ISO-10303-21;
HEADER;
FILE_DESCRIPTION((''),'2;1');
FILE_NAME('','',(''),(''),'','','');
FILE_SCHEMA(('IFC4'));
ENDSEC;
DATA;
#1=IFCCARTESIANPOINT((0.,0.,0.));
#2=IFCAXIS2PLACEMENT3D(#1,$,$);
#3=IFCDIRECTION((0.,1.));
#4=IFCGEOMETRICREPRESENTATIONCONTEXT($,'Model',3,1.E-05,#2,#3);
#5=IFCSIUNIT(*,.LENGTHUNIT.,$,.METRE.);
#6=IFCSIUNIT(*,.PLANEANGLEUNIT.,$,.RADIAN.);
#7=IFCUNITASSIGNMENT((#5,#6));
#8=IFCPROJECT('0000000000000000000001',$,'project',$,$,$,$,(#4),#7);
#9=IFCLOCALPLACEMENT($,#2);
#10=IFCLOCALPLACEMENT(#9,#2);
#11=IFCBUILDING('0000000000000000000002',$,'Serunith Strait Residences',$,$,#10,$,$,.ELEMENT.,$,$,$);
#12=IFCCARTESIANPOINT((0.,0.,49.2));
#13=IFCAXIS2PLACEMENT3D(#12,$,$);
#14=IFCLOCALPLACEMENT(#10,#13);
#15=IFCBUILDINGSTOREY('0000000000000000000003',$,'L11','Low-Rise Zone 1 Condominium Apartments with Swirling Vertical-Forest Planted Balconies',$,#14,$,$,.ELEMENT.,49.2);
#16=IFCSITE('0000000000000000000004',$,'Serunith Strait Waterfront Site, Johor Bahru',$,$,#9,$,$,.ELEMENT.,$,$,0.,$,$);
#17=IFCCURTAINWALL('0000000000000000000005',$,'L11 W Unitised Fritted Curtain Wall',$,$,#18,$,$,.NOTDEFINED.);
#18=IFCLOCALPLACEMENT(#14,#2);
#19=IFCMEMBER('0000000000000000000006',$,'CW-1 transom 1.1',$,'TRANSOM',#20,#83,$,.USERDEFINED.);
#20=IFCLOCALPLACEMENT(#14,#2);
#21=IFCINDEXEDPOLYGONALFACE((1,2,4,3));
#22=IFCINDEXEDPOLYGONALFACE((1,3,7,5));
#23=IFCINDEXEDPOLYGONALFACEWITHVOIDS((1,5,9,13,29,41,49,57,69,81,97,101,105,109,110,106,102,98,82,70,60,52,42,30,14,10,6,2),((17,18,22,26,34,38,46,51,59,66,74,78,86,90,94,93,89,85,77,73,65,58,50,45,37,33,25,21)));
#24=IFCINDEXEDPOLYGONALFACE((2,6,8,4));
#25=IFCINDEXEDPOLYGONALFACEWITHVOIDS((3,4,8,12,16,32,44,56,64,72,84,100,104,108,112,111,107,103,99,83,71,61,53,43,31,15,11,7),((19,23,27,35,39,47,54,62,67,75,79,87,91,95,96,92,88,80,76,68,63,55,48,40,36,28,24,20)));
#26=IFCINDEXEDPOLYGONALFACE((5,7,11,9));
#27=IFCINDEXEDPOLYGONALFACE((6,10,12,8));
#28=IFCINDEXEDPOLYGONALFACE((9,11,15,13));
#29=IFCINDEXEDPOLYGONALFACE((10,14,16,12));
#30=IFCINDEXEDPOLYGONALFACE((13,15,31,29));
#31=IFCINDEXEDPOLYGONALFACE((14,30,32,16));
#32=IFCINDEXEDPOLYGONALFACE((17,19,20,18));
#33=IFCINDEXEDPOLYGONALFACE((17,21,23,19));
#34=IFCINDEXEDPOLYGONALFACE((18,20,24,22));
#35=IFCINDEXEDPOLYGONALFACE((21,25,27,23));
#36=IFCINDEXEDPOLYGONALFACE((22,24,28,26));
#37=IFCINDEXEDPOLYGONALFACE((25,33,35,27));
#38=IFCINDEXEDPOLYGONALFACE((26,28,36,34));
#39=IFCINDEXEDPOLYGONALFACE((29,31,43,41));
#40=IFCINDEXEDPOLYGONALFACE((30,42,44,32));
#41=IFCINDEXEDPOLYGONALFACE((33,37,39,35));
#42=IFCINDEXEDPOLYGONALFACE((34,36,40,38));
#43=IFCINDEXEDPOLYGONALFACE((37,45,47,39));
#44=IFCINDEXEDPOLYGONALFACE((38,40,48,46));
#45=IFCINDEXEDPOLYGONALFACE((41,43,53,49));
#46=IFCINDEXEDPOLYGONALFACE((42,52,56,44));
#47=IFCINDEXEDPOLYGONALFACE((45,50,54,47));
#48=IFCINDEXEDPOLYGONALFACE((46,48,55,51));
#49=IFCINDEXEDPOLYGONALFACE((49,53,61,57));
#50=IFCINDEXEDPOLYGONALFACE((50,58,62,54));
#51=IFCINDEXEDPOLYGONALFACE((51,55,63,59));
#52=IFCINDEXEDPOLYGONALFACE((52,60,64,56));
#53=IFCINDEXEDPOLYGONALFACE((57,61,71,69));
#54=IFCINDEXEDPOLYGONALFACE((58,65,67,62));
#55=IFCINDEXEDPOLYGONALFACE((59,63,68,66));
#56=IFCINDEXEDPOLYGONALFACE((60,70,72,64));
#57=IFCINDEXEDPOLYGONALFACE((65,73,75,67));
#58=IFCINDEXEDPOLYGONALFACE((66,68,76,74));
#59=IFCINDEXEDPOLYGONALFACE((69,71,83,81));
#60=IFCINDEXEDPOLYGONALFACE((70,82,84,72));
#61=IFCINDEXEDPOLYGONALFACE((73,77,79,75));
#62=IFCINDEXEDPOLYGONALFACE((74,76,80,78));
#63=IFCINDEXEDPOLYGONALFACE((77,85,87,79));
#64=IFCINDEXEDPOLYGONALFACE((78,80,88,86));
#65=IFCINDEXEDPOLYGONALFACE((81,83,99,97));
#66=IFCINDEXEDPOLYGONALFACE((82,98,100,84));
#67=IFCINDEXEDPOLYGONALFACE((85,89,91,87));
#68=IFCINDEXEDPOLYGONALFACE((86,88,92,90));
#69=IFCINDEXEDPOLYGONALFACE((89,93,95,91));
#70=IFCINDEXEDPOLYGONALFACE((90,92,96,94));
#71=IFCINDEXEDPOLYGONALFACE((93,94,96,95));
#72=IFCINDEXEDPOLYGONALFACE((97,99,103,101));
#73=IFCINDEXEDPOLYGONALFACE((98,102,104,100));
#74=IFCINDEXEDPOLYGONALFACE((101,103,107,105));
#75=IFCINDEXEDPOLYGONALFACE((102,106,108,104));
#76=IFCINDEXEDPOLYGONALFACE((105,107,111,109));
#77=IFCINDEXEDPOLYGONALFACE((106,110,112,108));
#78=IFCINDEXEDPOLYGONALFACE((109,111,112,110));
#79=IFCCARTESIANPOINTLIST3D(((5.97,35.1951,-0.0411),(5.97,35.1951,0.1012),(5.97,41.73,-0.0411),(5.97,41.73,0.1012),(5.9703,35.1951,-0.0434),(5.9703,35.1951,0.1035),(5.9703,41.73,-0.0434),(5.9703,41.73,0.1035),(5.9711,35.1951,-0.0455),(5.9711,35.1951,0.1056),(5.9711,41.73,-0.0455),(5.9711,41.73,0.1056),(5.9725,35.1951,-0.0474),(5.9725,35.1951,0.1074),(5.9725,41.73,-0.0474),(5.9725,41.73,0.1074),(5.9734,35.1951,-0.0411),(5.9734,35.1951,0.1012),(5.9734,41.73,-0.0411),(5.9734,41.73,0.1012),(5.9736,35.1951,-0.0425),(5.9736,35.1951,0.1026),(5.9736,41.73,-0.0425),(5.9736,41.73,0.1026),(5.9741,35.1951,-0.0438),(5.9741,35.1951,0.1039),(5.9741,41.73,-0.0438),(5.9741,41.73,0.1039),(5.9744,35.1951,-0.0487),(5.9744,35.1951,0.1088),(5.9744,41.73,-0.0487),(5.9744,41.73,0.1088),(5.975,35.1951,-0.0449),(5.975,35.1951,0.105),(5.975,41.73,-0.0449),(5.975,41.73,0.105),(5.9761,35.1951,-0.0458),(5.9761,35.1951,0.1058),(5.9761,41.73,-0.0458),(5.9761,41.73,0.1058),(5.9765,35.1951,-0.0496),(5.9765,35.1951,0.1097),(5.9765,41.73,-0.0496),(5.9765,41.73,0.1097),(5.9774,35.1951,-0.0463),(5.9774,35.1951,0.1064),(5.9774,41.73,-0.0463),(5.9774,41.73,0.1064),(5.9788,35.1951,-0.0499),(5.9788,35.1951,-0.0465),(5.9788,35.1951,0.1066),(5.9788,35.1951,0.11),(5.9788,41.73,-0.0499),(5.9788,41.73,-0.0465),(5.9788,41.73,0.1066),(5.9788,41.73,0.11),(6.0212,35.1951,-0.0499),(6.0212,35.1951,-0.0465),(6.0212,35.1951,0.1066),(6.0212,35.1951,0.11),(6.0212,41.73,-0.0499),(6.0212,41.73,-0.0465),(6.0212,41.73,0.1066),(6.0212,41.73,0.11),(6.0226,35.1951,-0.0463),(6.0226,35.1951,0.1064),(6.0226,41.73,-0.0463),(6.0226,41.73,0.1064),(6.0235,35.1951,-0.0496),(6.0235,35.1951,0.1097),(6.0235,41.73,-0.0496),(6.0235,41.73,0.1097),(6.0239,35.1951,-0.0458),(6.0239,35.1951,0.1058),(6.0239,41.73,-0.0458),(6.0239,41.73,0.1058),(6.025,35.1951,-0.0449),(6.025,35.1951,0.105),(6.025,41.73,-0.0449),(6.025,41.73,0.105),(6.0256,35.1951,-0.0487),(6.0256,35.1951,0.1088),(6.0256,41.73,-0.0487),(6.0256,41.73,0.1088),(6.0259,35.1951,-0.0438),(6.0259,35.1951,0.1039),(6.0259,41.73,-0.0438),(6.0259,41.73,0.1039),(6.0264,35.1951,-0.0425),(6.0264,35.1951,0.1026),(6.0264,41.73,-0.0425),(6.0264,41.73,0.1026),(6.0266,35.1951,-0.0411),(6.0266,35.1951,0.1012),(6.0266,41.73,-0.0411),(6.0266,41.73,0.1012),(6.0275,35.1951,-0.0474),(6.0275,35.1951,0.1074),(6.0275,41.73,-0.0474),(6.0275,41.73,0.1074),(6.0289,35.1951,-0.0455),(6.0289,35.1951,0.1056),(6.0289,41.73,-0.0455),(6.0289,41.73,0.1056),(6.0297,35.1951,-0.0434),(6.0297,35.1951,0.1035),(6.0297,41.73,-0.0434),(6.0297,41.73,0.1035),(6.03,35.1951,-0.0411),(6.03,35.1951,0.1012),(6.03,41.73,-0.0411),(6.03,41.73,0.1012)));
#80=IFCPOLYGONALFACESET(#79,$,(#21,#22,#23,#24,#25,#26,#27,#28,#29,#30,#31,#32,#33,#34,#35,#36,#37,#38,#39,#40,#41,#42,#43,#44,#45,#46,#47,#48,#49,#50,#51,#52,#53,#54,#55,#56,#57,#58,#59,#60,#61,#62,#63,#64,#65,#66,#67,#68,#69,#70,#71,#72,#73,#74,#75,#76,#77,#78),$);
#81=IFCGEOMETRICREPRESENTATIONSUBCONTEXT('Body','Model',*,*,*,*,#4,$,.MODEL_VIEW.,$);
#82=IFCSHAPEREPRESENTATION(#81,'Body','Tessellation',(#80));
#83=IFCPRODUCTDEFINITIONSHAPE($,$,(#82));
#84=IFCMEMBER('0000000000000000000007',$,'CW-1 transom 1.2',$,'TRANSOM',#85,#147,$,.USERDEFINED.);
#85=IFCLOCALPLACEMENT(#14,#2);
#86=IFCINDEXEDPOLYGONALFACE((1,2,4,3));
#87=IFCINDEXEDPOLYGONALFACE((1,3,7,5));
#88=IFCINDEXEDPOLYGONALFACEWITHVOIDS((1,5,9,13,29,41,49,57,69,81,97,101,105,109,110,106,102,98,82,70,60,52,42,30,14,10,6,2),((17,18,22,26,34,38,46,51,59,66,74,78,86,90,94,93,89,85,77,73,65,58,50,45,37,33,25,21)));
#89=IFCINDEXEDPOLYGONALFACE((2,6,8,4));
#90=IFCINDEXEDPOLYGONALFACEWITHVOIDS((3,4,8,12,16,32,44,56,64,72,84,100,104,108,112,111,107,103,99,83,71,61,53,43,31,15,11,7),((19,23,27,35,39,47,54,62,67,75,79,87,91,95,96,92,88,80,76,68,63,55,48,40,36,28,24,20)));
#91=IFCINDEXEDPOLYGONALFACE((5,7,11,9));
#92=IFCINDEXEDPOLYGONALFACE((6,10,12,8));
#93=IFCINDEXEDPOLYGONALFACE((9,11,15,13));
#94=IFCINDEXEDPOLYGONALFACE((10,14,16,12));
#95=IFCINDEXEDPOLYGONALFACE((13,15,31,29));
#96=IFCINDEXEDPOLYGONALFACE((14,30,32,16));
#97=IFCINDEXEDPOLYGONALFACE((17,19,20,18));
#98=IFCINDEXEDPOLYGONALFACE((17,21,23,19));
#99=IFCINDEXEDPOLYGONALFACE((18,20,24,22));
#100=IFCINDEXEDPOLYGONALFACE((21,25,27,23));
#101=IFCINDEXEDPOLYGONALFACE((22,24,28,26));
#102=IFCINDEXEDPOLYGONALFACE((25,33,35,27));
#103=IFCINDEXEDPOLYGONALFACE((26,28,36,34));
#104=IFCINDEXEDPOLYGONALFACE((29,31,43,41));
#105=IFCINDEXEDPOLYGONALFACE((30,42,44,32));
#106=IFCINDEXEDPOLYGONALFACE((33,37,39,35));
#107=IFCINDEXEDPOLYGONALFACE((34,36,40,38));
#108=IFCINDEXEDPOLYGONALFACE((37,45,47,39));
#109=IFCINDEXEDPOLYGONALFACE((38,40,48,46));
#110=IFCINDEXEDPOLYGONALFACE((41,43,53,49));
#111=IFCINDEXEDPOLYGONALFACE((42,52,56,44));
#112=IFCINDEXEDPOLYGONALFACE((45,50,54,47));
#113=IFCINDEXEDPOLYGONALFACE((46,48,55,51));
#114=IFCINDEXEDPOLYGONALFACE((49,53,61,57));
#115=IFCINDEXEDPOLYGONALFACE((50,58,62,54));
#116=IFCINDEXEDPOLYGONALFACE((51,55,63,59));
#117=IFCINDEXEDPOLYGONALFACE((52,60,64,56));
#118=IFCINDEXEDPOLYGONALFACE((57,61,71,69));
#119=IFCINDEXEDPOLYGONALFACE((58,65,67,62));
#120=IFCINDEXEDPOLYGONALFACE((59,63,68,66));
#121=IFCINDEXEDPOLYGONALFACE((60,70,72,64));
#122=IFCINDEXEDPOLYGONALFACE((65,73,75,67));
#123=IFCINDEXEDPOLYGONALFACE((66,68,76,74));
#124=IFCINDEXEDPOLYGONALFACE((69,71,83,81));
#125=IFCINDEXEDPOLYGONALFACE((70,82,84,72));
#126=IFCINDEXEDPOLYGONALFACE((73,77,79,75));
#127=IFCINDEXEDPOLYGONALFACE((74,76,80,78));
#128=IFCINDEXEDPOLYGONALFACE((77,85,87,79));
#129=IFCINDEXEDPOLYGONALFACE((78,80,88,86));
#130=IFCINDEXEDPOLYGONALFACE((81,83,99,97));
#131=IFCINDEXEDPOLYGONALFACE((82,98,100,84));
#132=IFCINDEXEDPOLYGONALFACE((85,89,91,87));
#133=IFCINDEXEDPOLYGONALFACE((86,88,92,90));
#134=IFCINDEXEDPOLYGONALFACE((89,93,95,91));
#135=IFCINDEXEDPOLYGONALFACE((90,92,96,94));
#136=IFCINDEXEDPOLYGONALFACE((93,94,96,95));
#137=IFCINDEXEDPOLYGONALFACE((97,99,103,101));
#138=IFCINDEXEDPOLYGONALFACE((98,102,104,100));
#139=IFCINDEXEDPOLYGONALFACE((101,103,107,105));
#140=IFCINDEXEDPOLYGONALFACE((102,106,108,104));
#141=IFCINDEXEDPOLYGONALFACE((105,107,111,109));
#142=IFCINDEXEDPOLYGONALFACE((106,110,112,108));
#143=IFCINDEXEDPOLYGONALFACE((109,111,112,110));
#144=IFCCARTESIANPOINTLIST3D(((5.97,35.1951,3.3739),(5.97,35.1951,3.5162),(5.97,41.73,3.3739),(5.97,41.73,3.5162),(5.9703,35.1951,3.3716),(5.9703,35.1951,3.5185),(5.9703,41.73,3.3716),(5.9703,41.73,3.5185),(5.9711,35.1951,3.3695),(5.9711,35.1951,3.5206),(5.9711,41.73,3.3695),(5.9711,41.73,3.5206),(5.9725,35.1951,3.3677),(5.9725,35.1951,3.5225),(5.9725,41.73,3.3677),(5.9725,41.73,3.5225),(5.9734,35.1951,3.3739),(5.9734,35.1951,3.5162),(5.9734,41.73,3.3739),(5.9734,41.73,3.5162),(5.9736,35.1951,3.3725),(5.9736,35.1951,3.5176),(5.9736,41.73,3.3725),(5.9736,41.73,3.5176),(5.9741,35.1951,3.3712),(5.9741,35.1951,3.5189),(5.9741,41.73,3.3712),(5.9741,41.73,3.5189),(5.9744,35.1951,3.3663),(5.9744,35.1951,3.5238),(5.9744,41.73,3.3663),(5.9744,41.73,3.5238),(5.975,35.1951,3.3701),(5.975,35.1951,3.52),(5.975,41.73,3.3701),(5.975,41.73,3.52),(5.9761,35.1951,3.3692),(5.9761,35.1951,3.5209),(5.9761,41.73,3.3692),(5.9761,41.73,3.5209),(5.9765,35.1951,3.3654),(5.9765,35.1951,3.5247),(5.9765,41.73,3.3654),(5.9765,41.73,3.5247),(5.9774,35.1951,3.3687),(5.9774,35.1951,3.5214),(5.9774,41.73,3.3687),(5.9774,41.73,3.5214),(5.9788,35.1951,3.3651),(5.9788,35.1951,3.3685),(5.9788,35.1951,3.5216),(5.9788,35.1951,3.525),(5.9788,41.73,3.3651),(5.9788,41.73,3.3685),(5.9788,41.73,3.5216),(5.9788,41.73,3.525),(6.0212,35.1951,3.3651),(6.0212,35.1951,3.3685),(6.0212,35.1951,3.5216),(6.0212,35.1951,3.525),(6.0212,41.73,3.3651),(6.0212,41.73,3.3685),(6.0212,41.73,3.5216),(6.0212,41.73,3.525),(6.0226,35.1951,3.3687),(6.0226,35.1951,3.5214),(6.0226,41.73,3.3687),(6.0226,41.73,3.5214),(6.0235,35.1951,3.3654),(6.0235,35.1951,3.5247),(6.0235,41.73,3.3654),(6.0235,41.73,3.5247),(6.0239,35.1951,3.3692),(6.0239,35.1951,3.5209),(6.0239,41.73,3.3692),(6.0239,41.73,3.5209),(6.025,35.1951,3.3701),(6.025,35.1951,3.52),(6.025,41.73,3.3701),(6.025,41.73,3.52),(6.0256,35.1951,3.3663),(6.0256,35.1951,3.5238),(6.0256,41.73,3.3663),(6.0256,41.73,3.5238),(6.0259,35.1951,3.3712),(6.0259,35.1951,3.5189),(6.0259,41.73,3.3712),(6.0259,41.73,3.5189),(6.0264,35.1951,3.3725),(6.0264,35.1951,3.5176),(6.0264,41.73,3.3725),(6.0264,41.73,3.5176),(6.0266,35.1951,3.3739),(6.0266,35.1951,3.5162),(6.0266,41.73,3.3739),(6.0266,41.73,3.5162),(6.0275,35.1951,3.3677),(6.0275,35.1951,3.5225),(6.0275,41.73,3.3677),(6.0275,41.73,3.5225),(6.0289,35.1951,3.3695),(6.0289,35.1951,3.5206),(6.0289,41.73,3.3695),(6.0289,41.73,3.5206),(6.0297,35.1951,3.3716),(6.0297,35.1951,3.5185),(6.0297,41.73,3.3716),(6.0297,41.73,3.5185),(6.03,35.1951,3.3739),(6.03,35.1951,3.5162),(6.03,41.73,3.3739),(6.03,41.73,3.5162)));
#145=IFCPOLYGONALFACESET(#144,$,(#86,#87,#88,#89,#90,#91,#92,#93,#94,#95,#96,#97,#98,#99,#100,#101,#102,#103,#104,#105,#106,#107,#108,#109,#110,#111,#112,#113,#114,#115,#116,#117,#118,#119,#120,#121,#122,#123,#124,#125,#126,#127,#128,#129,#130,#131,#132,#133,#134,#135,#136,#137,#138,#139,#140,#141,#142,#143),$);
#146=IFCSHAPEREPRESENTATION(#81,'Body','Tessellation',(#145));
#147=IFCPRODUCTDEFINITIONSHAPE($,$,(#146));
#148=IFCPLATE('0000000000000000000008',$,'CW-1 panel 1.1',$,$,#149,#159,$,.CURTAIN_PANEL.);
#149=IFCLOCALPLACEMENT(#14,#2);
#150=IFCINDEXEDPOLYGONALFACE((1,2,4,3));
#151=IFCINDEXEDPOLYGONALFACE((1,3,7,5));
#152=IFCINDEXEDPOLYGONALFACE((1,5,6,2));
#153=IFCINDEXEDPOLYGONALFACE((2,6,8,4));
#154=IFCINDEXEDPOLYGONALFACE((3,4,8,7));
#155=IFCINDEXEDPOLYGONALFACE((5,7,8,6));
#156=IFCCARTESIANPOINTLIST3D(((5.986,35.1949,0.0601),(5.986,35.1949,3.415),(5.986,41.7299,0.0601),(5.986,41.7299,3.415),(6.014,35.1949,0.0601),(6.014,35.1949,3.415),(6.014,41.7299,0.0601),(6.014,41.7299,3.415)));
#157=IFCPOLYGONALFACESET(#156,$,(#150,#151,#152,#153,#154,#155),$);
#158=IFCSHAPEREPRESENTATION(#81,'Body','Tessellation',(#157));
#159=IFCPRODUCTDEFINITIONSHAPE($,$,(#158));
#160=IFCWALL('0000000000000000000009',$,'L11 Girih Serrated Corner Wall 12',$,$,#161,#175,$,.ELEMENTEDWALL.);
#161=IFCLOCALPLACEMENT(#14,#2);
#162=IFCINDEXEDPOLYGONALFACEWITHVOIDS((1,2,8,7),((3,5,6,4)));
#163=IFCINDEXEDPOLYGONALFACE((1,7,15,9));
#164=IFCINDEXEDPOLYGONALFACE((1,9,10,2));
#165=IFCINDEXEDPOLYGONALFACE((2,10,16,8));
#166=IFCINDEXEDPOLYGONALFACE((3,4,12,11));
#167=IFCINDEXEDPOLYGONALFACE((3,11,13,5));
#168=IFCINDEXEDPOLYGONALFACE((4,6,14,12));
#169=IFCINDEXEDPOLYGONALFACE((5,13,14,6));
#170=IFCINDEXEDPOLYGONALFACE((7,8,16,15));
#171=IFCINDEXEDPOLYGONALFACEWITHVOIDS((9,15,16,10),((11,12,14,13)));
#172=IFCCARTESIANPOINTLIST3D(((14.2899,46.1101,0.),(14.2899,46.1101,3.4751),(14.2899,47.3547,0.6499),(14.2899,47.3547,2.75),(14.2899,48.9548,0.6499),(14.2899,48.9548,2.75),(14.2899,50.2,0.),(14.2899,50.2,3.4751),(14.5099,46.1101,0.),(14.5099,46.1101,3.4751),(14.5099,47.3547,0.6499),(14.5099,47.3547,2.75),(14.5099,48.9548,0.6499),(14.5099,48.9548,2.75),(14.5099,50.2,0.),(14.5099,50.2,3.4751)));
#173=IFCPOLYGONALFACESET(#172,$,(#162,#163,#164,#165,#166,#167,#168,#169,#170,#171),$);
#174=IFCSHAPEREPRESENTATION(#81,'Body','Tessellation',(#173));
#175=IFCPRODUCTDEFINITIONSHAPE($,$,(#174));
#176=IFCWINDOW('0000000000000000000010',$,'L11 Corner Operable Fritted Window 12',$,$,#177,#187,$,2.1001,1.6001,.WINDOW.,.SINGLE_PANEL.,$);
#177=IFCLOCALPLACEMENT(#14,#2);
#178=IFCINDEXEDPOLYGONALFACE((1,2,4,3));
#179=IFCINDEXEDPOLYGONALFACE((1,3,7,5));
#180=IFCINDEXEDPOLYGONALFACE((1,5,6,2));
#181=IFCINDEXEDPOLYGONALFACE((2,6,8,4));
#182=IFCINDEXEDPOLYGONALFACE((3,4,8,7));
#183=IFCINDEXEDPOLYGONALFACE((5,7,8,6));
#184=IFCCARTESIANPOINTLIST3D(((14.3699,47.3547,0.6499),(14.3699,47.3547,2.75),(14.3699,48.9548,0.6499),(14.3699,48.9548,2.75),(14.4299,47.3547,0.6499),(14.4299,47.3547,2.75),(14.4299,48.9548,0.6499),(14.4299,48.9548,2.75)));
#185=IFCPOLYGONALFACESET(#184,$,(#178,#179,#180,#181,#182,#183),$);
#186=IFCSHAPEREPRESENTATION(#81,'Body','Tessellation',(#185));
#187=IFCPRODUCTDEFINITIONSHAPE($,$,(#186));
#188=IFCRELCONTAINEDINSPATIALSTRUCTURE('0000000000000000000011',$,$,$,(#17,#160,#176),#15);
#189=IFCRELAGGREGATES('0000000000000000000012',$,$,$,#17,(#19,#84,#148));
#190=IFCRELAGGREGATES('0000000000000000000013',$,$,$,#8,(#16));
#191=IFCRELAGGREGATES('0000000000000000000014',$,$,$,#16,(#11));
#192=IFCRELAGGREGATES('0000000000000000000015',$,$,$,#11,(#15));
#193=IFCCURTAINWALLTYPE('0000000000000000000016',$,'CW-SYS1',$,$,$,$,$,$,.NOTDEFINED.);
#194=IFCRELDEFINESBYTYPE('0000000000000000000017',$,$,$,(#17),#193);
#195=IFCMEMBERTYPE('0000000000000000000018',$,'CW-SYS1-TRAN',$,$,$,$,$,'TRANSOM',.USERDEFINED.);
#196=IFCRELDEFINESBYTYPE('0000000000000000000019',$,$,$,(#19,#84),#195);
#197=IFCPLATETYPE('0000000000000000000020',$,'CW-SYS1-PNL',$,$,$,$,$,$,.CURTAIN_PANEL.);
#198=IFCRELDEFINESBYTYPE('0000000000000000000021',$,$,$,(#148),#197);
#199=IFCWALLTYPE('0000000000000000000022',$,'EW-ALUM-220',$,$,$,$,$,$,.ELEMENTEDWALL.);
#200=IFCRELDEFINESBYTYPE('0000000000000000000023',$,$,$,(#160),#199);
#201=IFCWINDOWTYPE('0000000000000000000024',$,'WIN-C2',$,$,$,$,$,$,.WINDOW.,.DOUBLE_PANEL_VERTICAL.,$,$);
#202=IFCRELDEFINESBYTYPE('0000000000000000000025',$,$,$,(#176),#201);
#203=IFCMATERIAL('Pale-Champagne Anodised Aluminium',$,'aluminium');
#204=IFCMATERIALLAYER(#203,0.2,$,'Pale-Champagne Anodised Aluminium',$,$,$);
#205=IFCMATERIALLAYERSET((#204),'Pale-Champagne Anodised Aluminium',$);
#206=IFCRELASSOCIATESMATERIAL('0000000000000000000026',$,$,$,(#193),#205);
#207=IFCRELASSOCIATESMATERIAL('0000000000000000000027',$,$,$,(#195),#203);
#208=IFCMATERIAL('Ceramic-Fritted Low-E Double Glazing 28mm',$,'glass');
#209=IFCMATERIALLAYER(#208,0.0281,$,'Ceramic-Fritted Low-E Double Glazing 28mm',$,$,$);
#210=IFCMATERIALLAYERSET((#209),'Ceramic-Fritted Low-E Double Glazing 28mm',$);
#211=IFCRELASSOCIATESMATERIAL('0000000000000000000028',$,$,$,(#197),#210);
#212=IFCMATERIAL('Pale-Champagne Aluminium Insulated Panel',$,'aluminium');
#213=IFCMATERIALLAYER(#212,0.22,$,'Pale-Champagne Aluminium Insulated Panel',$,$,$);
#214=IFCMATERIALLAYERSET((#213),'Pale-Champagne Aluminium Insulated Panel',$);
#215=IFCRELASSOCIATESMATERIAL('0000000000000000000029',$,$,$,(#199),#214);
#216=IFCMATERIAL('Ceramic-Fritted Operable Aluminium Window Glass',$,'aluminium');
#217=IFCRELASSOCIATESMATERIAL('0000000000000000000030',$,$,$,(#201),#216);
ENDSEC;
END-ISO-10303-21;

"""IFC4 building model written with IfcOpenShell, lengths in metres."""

from ifc_helpers import new_model, si_unit, direction, frame, frame_2d, origin, origin_2d, place, context, subcontext, project, spatial, rectangle, hollow_rectangle, extrude, source, transform, mapped, material, layer, layer_set, material_profile, profile_set, type_object, element, fill, aggregate, save


model = new_model("IFC4")

# Units and contexts
model_context = context("Model", 3, precision=1e-05, world=origin(), true_north=direction((0.0, 1.0)))
body_context = subcontext(model_context, "Body", "Model", "MODEL_VIEW")
ifc_project = project(units=[si_unit("LENGTHUNIT", "METRE"), si_unit("PLANEANGLEUNIT", "RADIAN")], contexts=[model_context])

# Site, building, storey
site_placement = place(None, origin())
site = spatial("IfcSite", under=ifc_project, at=site_placement, Name="Serunith Strait Waterfront Site, Johor Bahru", CompositionType="ELEMENT", RefElevation=0.0)
building_placement = place(site_placement, origin())
building = spatial("IfcBuilding", under=site, at=building_placement, Name="Serunith Strait Residences", CompositionType="ELEMENT")
storey_placement = place(building_placement, frame((0.0, 0.0, 49.2)))
storey = spatial("IfcBuildingStorey", under=building, at=storey_placement, Name="L11", Description="Low-Rise Zone 1 Condominium Apartments with Swirling Vertical-Forest Planted Balconies", CompositionType="ELEMENT", Elevation=49.2)

# Shared definitions
ifc_material_1 = material(Name="Pale-Champagne Anodised Aluminium", Category="aluminium")
ifc_layer_1 = layer(ifc_material_1, 0.2, Name="Pale-Champagne Anodised Aluminium")
ifc_layer_set_1 = layer_set([ifc_layer_1], Name="Pale-Champagne Anodised Aluminium")
curtain_wall_type = type_object("IfcCurtainWallType", Name="CW-SYS1", PredefinedType="NOTDEFINED", material=ifc_layer_set_1)

# Curtain wall, members, plate
curtain_wall_1_placement = place(storey_placement, origin())
curtain_wall_1 = element("IfcCurtainWall", 1, at=curtain_wall_1_placement, inside=storey, type_object=curtain_wall_type, Name="L11 W Unitised Fritted Curtain Wall", PredefinedType="NOTDEFINED")
ifc_material_profile_1 = material_profile(ifc_material_1, hollow_rectangle(XDim=0.0601, YDim=0.1599, WallThickness=0.0034, InnerFilletRadius=0.0054, OuterFilletRadius=0.0088, at=origin_2d()), Name="ALU 160x60x3.5")
ifc_profile_set_1 = profile_set([ifc_material_profile_1], Name="Pale-Champagne Anodised Aluminium")
member_type_1 = type_object("IfcMemberType", Name="CW-SYS1-TRAN", ElementType="TRANSOM", PredefinedType="USERDEFINED", material=ifc_profile_set_1)
shared_shape_1 = source(origin(), body_context, "Body", "SweptSolid", [
    extrude(hollow_rectangle(XDim=0.0601, YDim=0.1599, WallThickness=0.0034, InnerFilletRadius=0.0054, OuterFilletRadius=0.0088, at=origin_2d()), origin(), (0.0, 0.0, 1.0), 6.5349),
])
member_1_placement = place(storey_placement, frame((6.0, 41.73, 0.03), z_axis=(0.0, -1.0, 0.0), x_axis=(1.0, 0.0, 0.0)))
member_1 = element("IfcMember", 2, at=member_1_placement, type_object=member_type_1, Name="CW-1 transom 1.1", ObjectType="TRANSOM", PredefinedType="USERDEFINED", context=body_context, shape_type="MappedRepresentation", body=[
    mapped(shared_shape_1, transform((0.0, 0.0, 0.0), scale=1.0)),
])
member_2_placement = place(storey_placement, frame((6.0, 41.73, 3.4451), z_axis=(0.0, -1.0, 0.0), x_axis=(1.0, 0.0, 0.0)))
member_2 = element("IfcMember", 3, at=member_2_placement, type_object=member_type_1, Name="CW-1 transom 1.2", ObjectType="TRANSOM", PredefinedType="USERDEFINED", context=body_context, shape_type="MappedRepresentation", body=[
    mapped(shared_shape_1, transform((0.0, 0.0, 0.0), scale=1.0)),
])
ifc_material_2 = material(Name="Ceramic-Fritted Low-E Double Glazing 28mm", Category="glass")
ifc_layer_2 = layer(ifc_material_2, 0.0281, Name="Ceramic-Fritted Low-E Double Glazing 28mm")
ifc_layer_set_2 = layer_set([ifc_layer_2], Name="Ceramic-Fritted Low-E Double Glazing 28mm")
plate_type = type_object("IfcPlateType", Name="CW-SYS1-PNL", PredefinedType="CURTAIN_PANEL", material=ifc_layer_set_2)
shared_shape_2 = source(origin(), body_context, "Body", "SweptSolid", [
    extrude(rectangle(XDim=6.5349, YDim=0.0281, at=origin_2d()), origin(), (0.0, 0.0, 1.0), 3.355),
])
plate_placement = place(storey_placement, frame((6.0, 38.4624, 0.0601), z_axis=(0.0, 0.0, 1.0), x_axis=(0.0, -1.0, 0.0)))
plate = element("IfcPlate", 4, at=plate_placement, type_object=plate_type, Name="CW-1 panel 1.1", PredefinedType="CURTAIN_PANEL", context=body_context, shape_type="MappedRepresentation", body=[
    mapped(shared_shape_2, transform((0.0, 0.0, 0.0), scale=1.0)),
])
aggregate(curtain_wall_1, [member_1, member_2, plate])

# Wall, opening, window
ifc_material_3 = material(Name="Pale-Champagne Aluminium Insulated Panel", Category="aluminium")
ifc_layer_3 = layer(ifc_material_3, 0.22, Name="Pale-Champagne Aluminium Insulated Panel")
ifc_layer_set_3 = layer_set([ifc_layer_3], Name="Pale-Champagne Aluminium Insulated Panel")
wall_type_1 = type_object("IfcWallType", Name="EW-ALUM-220", PredefinedType="ELEMENTEDWALL", material=ifc_layer_set_3)
wall_1_placement = place(storey_placement, frame((14.3999, 50.2, 0.0), z_axis=(0.0, 0.0, 1.0), x_axis=(0.0, -1.0, 0.0)))
wall_1 = element("IfcWall", 5, at=wall_1_placement, inside=storey, type_object=wall_type_1, Name="L11 Girih Serrated Corner Wall 12", PredefinedType="ELEMENTEDWALL", context=body_context, shape_type="SweptSolid", body=[
    extrude(rectangle(XDim=4.0898, YDim=0.22, at=frame_2d((2.0449, 0.0))), origin(), (0.0, 0.0, 1.0), 3.4751),
])
opening_1_placement = place(wall_1_placement, frame((1.2451, 0.0, 0.6499)))
opening_1 = element("IfcOpeningElement", 6, at=opening_1_placement, cuts=wall_1, PredefinedType="OPENING", context=body_context, shape_type="SweptSolid", body=[
    extrude(rectangle(XDim=1.6001, YDim=2.1001, at=frame_2d((0.8, 1.05))), frame((0.0, 0.1201, 0.0), z_axis=(0.0, -1.0, 0.0), x_axis=(1.0, 0.0, 0.0)), (0.0, 0.0, 1.0), 0.24),
])
ifc_material_4 = material(Name="Ceramic-Fritted Operable Aluminium Window Glass", Category="aluminium")
window_type = type_object("IfcWindowType", Name="WIN-C2", PartitioningType="DOUBLE_PANEL_VERTICAL", PredefinedType="WINDOW", material=ifc_material_4)
shared_shape_3 = source(origin(), body_context, "Body", "SweptSolid", [
    extrude(rectangle(XDim=1.6001, YDim=2.1001, at=frame_2d((0.8, 1.05))), frame((0.0, 0.03, 0.0), z_axis=(0.0, -1.0, 0.0), x_axis=(1.0, 0.0, 0.0)), (0.0, 0.0, 1.0), 0.0601),
])
window_1_placement = place(opening_1_placement, origin())
window_1 = element("IfcWindow", 7, at=window_1_placement, inside=storey, type_object=window_type, Name="L11 Corner Operable Fritted Window 12", OverallHeight=2.1001, OverallWidth=1.6001, PartitioningType="SINGLE_PANEL", PredefinedType="WINDOW", context=body_context, shape_type="MappedRepresentation", body=[
    mapped(shared_shape_3, transform((0.0, 0.0, 0.0), scale=1.0)),
])
fill(opening_1, window_1)

save(model, "model.ifc")
